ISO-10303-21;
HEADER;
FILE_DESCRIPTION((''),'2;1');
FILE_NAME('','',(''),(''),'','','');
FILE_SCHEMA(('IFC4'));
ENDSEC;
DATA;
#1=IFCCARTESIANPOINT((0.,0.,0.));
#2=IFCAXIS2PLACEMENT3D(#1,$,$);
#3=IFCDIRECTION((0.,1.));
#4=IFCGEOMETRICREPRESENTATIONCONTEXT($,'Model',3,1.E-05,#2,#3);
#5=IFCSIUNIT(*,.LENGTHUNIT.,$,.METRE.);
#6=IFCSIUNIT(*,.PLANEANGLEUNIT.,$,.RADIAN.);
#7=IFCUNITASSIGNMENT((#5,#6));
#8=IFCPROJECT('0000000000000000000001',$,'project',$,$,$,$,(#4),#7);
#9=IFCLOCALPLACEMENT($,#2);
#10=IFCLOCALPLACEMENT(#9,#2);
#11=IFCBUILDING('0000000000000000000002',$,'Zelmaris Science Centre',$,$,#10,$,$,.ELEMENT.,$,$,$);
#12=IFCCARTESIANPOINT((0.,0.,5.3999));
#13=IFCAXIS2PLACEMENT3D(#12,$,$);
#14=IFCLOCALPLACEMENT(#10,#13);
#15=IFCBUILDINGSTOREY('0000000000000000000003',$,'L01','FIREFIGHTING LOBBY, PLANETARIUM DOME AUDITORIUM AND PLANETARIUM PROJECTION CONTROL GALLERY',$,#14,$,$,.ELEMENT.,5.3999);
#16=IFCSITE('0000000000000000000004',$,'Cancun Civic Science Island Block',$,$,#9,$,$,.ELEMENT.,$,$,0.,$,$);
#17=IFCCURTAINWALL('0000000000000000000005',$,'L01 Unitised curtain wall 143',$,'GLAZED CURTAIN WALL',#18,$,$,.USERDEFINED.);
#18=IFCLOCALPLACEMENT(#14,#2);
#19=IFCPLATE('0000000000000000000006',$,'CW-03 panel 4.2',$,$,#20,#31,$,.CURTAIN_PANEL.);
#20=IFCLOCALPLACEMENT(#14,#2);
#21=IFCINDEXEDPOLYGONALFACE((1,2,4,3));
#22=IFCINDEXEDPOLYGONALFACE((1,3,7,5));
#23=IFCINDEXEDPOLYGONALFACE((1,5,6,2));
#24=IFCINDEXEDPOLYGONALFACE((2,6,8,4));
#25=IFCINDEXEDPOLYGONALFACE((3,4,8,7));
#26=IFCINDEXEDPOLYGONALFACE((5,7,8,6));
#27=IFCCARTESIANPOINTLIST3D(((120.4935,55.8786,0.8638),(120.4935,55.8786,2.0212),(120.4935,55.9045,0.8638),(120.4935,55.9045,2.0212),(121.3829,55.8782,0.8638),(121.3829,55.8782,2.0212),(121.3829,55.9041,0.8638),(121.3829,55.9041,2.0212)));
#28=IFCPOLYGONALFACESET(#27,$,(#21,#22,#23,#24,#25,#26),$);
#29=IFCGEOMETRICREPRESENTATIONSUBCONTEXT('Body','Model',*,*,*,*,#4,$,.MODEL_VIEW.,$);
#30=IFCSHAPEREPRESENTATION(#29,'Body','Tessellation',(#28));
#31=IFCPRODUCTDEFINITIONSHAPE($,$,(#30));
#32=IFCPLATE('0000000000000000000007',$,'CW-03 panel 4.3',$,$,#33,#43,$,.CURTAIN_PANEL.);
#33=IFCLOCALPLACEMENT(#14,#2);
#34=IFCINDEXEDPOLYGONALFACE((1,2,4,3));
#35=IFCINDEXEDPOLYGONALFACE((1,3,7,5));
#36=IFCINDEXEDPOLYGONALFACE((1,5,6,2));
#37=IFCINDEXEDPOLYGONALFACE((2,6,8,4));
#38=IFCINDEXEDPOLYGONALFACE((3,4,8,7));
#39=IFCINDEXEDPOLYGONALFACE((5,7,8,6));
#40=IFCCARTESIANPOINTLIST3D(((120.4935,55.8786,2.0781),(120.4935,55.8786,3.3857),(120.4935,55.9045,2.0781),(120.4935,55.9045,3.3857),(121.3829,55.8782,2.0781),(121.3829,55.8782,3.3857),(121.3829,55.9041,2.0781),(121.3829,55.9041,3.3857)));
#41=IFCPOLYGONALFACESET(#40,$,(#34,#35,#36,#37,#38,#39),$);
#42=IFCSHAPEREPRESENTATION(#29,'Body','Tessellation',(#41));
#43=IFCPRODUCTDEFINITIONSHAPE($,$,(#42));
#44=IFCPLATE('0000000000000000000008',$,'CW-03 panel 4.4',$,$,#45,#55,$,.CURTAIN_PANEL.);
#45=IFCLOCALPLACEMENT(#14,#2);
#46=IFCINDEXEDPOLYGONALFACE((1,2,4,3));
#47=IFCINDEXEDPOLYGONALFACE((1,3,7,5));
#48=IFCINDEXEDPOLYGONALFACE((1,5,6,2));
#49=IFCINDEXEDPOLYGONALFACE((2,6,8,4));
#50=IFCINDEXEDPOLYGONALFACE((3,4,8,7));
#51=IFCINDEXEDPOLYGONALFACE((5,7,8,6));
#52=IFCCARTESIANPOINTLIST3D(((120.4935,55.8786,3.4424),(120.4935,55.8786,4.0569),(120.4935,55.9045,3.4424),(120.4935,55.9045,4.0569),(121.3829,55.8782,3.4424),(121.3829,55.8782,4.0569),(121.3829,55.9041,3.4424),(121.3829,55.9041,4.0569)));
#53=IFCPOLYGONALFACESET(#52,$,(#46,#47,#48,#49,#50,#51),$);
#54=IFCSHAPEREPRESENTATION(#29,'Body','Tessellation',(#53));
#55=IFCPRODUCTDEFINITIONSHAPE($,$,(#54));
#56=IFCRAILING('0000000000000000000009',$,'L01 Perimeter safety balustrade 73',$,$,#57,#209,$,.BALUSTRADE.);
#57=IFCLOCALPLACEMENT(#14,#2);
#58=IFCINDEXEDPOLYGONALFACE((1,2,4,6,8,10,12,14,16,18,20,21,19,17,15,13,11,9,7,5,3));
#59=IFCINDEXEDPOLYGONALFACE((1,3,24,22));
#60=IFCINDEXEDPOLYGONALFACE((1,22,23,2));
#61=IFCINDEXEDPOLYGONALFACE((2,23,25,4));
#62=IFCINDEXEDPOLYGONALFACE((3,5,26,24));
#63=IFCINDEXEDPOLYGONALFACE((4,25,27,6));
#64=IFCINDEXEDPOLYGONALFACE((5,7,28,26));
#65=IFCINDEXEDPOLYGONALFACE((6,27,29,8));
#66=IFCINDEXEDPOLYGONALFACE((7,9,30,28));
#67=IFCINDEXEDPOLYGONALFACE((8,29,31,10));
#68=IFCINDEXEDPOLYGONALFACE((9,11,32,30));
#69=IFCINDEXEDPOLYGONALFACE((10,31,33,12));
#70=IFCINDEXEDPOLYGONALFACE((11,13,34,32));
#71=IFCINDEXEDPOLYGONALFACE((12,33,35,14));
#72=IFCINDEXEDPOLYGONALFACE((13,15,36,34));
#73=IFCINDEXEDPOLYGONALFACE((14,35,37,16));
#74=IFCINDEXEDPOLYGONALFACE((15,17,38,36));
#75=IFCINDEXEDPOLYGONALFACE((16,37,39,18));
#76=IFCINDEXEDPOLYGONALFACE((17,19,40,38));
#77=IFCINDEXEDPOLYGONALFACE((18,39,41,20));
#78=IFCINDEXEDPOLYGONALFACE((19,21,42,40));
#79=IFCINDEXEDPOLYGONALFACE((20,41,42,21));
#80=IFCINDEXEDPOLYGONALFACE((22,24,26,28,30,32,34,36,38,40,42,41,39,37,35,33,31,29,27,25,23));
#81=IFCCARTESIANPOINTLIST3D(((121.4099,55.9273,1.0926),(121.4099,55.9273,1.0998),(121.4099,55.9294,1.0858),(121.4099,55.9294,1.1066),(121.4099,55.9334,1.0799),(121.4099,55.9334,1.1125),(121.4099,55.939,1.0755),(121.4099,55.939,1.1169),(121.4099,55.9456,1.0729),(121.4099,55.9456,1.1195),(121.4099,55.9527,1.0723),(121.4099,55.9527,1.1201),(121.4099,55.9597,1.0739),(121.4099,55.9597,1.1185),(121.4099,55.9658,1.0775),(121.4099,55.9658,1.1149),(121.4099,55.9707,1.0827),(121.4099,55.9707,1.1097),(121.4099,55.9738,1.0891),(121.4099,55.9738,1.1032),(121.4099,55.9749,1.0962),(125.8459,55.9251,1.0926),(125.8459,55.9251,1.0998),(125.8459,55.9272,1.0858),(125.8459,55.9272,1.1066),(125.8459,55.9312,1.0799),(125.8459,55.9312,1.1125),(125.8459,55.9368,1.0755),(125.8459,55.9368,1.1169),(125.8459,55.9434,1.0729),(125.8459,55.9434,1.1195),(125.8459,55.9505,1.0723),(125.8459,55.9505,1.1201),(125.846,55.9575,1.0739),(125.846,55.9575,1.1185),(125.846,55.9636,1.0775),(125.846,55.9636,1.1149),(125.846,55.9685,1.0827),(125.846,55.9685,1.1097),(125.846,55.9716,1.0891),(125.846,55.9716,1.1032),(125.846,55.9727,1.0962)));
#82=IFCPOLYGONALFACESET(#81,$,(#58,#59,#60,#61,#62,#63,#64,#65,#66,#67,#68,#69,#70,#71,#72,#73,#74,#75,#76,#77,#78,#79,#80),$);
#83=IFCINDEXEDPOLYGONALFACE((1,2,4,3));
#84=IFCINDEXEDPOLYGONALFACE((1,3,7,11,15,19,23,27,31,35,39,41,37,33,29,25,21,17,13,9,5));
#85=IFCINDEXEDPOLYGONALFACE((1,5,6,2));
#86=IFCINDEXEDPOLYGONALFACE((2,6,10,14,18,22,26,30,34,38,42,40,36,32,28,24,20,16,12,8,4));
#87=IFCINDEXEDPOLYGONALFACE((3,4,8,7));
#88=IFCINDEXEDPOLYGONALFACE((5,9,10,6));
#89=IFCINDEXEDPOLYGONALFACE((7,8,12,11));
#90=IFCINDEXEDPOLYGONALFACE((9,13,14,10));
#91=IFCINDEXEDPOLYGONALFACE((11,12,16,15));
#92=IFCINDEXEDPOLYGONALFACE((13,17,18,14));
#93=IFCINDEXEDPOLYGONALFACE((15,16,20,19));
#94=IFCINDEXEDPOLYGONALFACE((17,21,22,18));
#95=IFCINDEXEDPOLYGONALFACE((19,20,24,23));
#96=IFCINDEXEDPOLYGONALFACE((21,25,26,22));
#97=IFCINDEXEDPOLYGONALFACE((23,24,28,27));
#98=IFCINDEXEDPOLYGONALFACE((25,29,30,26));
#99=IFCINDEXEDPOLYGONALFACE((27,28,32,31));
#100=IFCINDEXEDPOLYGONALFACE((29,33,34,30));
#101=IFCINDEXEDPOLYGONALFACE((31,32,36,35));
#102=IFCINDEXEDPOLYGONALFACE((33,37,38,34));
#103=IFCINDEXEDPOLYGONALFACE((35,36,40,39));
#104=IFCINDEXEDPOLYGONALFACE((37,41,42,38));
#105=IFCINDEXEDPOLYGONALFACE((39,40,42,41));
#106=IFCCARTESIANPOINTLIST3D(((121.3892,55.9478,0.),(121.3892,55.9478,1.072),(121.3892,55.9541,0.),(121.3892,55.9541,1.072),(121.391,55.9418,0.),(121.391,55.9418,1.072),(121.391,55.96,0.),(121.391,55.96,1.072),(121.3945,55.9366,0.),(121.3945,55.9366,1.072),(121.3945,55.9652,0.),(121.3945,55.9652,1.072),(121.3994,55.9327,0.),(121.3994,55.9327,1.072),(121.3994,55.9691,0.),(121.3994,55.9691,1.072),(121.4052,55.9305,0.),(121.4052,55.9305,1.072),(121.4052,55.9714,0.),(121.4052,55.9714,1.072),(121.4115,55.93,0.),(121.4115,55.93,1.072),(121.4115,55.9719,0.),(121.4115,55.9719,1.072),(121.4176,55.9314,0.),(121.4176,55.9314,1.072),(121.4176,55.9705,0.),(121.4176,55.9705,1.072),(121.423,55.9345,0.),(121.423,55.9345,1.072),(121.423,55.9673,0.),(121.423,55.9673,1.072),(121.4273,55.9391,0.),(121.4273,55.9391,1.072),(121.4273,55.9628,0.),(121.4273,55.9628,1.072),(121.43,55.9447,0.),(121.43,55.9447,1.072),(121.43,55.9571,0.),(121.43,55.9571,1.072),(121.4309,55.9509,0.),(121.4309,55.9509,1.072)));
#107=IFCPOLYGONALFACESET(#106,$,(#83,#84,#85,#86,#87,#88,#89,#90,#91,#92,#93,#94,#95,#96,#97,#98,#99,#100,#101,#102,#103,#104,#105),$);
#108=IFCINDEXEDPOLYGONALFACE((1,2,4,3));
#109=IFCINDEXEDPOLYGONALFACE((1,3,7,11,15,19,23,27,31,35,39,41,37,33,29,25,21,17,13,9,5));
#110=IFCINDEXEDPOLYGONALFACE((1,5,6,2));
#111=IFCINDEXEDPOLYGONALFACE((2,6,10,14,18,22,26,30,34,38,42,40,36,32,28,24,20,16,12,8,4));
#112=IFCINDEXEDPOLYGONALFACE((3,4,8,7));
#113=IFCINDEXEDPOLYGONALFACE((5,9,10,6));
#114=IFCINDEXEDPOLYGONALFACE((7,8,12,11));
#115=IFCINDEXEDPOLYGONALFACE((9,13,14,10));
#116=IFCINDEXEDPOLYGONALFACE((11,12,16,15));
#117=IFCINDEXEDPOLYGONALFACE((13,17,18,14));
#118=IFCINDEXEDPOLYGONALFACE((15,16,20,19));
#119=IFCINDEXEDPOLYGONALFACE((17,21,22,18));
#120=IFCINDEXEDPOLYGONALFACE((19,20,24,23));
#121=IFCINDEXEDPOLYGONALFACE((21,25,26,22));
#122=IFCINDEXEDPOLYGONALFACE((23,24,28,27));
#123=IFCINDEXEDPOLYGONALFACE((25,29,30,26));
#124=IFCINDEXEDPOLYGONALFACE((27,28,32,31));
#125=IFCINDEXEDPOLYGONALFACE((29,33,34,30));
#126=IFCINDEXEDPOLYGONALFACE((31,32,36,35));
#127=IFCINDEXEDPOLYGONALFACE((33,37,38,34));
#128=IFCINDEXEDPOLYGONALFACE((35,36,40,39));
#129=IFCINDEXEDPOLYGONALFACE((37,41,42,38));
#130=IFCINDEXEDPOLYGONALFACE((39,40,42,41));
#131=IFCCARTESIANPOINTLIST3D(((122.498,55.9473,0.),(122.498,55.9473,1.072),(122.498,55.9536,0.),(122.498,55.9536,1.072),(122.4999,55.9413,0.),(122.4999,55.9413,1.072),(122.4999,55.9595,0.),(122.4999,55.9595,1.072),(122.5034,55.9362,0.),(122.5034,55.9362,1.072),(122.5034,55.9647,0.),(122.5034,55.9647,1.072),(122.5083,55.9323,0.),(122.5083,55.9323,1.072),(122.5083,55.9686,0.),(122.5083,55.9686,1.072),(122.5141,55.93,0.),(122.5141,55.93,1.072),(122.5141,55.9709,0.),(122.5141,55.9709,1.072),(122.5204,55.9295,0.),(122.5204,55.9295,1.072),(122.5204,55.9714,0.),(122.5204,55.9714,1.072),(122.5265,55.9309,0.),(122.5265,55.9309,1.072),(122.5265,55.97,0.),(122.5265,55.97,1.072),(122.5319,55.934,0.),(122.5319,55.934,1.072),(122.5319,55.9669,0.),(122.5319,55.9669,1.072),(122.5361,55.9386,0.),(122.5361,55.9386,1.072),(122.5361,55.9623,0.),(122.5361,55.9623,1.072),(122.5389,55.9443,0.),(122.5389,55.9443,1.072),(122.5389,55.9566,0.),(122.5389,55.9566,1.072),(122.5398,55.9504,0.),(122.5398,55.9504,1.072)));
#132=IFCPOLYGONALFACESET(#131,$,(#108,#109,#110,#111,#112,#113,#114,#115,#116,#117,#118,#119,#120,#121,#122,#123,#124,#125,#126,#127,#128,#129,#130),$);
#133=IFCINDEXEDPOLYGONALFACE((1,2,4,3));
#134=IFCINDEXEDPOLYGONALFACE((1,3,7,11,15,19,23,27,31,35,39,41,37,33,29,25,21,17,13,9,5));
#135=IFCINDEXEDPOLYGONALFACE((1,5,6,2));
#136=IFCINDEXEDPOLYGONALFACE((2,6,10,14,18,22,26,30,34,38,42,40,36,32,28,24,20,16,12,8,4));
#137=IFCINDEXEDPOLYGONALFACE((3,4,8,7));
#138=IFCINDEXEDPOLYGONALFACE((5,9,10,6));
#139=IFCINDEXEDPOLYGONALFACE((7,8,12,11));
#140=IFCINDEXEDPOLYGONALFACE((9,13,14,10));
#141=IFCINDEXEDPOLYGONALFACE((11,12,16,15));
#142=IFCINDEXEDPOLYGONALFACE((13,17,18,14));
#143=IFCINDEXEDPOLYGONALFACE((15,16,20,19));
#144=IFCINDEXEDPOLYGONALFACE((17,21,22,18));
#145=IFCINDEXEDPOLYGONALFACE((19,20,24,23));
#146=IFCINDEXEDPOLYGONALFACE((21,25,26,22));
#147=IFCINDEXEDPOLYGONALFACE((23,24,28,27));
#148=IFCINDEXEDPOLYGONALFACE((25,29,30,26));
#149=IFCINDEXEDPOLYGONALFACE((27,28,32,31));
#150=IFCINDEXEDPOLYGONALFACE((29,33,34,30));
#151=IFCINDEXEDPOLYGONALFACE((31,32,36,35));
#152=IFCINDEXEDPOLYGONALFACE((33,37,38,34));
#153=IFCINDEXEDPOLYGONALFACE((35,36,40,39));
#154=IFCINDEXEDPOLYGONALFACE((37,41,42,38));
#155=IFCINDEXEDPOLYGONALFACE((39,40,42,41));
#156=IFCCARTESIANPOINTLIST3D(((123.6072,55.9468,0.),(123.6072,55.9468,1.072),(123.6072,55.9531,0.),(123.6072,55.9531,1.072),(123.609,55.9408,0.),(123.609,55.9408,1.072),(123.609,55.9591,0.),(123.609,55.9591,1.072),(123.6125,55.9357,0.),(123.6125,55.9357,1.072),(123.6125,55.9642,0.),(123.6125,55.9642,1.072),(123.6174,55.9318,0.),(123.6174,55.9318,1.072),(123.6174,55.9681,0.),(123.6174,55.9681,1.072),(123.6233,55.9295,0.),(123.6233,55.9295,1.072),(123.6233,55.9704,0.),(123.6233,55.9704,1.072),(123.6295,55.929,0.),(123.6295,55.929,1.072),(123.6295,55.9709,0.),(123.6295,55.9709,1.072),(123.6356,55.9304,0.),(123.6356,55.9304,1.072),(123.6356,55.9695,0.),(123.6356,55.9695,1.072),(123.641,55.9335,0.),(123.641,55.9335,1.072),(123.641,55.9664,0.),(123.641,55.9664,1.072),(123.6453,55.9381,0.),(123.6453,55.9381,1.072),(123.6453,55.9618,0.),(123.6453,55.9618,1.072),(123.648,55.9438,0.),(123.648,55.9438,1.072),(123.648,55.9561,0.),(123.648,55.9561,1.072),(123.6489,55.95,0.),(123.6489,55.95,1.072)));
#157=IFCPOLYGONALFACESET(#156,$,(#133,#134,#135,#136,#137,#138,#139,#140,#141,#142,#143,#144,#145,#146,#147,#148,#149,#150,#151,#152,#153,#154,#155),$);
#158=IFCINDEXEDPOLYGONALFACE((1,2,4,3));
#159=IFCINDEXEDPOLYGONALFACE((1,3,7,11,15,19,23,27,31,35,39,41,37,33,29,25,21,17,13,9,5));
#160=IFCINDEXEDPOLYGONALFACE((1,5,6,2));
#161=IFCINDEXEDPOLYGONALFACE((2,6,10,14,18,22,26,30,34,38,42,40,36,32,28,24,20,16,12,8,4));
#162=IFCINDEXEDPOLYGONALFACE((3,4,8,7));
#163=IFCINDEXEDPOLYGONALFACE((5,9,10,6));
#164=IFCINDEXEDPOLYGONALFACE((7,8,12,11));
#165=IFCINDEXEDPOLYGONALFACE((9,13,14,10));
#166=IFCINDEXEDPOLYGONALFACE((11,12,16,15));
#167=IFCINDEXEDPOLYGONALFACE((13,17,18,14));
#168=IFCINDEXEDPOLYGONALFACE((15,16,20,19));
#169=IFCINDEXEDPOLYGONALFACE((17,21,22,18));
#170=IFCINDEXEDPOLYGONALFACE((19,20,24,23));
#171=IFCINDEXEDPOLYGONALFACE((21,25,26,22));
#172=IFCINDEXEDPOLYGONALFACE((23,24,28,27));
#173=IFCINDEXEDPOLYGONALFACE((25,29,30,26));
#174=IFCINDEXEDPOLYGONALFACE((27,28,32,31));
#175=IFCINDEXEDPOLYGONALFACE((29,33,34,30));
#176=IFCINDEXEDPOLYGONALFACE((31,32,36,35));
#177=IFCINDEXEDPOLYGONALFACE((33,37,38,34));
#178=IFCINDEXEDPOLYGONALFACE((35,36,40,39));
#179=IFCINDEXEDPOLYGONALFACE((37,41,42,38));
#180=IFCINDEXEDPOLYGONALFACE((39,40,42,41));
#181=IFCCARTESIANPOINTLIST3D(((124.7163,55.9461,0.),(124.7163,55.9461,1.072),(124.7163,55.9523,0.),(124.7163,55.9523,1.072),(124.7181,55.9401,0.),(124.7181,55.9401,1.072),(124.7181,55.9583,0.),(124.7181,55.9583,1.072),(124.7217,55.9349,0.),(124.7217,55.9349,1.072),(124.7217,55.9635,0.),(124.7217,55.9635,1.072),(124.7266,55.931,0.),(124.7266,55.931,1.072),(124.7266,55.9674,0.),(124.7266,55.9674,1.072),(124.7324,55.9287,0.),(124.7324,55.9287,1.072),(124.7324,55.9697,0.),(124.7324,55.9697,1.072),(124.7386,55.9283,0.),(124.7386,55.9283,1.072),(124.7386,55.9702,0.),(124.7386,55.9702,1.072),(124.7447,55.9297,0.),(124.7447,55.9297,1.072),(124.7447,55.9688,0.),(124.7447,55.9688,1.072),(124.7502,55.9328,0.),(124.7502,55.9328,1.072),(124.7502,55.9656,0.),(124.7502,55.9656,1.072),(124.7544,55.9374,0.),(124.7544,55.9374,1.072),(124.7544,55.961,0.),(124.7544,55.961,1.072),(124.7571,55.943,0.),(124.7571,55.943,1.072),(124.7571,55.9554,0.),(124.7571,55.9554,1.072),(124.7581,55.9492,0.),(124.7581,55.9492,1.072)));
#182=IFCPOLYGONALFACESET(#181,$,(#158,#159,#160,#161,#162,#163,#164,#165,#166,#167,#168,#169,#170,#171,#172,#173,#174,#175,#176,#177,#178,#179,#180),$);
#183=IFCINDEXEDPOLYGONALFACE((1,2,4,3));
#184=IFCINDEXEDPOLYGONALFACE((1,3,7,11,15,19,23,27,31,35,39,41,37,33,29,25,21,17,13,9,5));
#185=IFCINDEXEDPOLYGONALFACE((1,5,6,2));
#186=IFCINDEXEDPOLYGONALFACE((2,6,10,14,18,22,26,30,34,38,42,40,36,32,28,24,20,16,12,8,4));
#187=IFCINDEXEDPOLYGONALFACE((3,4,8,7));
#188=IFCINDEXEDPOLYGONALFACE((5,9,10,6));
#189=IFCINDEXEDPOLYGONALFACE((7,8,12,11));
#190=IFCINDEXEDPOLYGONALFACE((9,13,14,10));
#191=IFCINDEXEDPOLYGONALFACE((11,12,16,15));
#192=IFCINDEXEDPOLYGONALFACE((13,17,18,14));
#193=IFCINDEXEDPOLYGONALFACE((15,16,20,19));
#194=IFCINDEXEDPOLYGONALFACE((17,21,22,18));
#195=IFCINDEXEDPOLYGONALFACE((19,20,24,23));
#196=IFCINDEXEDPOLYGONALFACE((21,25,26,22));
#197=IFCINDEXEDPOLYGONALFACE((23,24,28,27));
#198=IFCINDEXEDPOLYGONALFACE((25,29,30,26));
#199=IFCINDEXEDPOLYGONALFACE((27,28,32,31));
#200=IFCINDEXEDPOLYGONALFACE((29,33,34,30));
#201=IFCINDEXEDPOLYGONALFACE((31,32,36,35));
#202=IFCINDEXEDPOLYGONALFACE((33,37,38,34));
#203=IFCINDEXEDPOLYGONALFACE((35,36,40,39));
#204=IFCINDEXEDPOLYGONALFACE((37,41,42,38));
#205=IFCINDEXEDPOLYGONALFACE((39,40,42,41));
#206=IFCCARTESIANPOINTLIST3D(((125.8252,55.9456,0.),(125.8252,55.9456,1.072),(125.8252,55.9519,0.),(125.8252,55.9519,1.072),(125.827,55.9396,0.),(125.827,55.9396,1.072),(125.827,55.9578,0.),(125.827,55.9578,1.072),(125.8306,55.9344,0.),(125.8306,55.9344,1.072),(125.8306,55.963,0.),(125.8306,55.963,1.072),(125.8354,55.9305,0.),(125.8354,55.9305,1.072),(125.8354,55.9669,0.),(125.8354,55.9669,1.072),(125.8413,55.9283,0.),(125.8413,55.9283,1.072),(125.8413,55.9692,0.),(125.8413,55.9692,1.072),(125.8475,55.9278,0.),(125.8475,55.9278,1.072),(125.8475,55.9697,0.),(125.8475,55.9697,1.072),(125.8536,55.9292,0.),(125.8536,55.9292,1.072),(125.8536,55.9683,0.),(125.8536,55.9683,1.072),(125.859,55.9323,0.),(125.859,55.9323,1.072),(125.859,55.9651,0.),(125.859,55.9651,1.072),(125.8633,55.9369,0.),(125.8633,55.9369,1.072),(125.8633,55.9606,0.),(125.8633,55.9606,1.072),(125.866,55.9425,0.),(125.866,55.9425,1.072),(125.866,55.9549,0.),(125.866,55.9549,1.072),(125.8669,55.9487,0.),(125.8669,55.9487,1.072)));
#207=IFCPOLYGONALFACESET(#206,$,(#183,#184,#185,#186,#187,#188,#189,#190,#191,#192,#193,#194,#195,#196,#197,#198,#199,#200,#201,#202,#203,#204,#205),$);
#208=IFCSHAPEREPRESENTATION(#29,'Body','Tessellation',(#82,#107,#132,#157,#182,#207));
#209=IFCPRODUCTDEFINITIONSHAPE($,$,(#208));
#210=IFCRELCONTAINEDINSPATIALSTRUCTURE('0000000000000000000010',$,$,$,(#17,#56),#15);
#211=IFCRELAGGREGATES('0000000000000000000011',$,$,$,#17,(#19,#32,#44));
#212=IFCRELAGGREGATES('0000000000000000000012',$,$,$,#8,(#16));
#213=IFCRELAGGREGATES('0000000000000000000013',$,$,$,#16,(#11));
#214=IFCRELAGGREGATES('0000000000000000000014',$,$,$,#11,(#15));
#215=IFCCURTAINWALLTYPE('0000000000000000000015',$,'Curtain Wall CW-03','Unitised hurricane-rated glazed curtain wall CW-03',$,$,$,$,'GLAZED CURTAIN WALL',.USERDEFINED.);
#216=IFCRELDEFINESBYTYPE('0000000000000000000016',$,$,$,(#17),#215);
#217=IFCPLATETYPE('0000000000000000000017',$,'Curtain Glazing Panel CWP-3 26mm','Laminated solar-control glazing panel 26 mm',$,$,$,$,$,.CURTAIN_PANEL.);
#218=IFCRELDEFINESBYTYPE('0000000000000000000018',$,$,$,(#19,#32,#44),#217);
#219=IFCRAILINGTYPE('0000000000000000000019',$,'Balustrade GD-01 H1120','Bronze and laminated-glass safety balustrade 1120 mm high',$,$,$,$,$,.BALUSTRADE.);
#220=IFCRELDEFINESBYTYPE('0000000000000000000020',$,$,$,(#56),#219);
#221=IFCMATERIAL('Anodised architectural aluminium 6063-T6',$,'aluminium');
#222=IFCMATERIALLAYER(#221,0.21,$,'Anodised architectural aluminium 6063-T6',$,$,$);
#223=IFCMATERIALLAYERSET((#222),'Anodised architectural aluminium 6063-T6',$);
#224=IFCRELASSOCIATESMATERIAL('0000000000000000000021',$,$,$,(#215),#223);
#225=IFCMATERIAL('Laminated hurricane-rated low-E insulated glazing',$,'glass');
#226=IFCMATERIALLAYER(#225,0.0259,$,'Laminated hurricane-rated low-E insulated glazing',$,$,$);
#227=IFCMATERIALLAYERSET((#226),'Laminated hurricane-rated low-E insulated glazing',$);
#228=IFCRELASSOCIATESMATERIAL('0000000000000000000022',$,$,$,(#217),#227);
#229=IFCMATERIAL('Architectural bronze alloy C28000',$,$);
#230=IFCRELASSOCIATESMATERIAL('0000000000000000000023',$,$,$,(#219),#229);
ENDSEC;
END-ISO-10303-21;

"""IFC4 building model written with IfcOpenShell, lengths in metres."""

from ifc_helpers import new_model, si_unit, direction, frame, origin, origin_2d, place, context, subcontext, project, spatial, rectangle, circle, extrude, material, layer, layer_set, type_object, element, aggregate, save


model = new_model("IFC4")

# Units and contexts
model_context = context("Model", 3, precision=1e-05, world=origin(), true_north=direction((0.0, 1.0)))
body_context = subcontext(model_context, "Body", "Model", "MODEL_VIEW")
ifc_project = project(units=[si_unit("LENGTHUNIT", "METRE"), si_unit("PLANEANGLEUNIT", "RADIAN")], contexts=[model_context])

# Site, building, storey
site_placement = place(None, origin())
site = spatial("IfcSite", under=ifc_project, at=site_placement, Name="Cancun Civic Science Island Block", CompositionType="ELEMENT", RefElevation=0.0)
building_placement = place(site_placement, origin())
building = spatial("IfcBuilding", under=site, at=building_placement, Name="Zelmaris Science Centre", CompositionType="ELEMENT")
storey_placement = place(building_placement, frame((0.0, 0.0, 5.3999)))
storey = spatial("IfcBuildingStorey", under=building, at=storey_placement, Name="L01", Description="FIREFIGHTING LOBBY, PLANETARIUM DOME AUDITORIUM AND PLANETARIUM PROJECTION CONTROL GALLERY", CompositionType="ELEMENT", Elevation=5.3999)

# Curtain wall
ifc_material_1 = material(Name="Anodised architectural aluminium 6063-T6", Category="aluminium")
ifc_layer_1 = layer(ifc_material_1, 0.21, Name="Anodised architectural aluminium 6063-T6")
ifc_layer_set_1 = layer_set([ifc_layer_1], Name="Anodised architectural aluminium 6063-T6")
curtain_wall_type_1 = type_object("IfcCurtainWallType", Name="Curtain Wall CW-03", Description="Unitised hurricane-rated glazed curtain wall CW-03", ElementType="GLAZED CURTAIN WALL", PredefinedType="USERDEFINED", material=ifc_layer_set_1)
curtain_wall_1_placement = place(storey_placement, origin())
curtain_wall_1 = element("IfcCurtainWall", 1, at=curtain_wall_1_placement, inside=storey, type_object=curtain_wall_type_1, Name="L01 Unitised curtain wall 143", ObjectType="GLAZED CURTAIN WALL", PredefinedType="USERDEFINED")

# Plates
ifc_material_2 = material(Name="Laminated hurricane-rated low-E insulated glazing", Category="glass")
ifc_layer_2 = layer(ifc_material_2, 0.0259, Name="Laminated hurricane-rated low-E insulated glazing")
ifc_layer_set_2 = layer_set([ifc_layer_2], Name="Laminated hurricane-rated low-E insulated glazing")
plate_type = type_object("IfcPlateType", Name="Curtain Glazing Panel CWP-3 26mm", Description="Laminated solar-control glazing panel 26 mm", PredefinedType="CURTAIN_PANEL", material=ifc_layer_set_2)
plate_1_placement = place(storey_placement, frame((120.9382, 55.8914, 0.8638), z_axis=(0.0, 0.0, 1.0), x_axis=(1.0, -0.000487, 0.0)))
plate_1 = element("IfcPlate", 2, at=plate_1_placement, type_object=plate_type, Name="CW-03 panel 4.2", PredefinedType="CURTAIN_PANEL", context=body_context, shape_type="SweptSolid", body=[
    extrude(rectangle(XDim=0.8894, YDim=0.0259, at=origin_2d()), origin(), (0.0, 0.0, 1.0), 1.1575),
])
plate_2_placement = place(storey_placement, frame((120.9382, 55.8914, 2.0781), z_axis=(0.0, 0.0, 1.0), x_axis=(1.0, -0.000487, 0.0)))
plate_2 = element("IfcPlate", 3, at=plate_2_placement, type_object=plate_type, Name="CW-03 panel 4.3", PredefinedType="CURTAIN_PANEL", context=body_context, shape_type="SweptSolid", body=[
    extrude(rectangle(XDim=0.8894, YDim=0.0259, at=origin_2d()), origin(), (0.0, 0.0, 1.0), 1.3076),
])
plate_3_placement = place(storey_placement, frame((120.9382, 55.8914, 3.4424), z_axis=(0.0, 0.0, 1.0), x_axis=(1.0, -0.000487, 0.0)))
plate_3 = element("IfcPlate", 4, at=plate_3_placement, type_object=plate_type, Name="CW-03 panel 4.4", PredefinedType="CURTAIN_PANEL", context=body_context, shape_type="SweptSolid", body=[
    extrude(rectangle(XDim=0.8894, YDim=0.0259, at=origin_2d()), origin(), (0.0, 0.0, 1.0), 0.6145),
])
aggregate(curtain_wall_1, [plate_1, plate_2, plate_3])

# Railing
ifc_material_3 = material(Name="Architectural bronze alloy C28000")
railing_type = type_object("IfcRailingType", Name="Balustrade GD-01 H1120", Description="Bronze and laminated-glass safety balustrade 1120 mm high", PredefinedType="BALUSTRADE", material=ifc_material_3)
railing_1_placement = place(storey_placement, frame((121.4099, 55.9509, 0.0)))
element("IfcRailing", 5, at=railing_1_placement, inside=storey, type_object=railing_type, Name="L01 Perimeter safety balustrade 73", PredefinedType="BALUSTRADE", context=body_context, shape_type="SweptSolid", body=[
    extrude(circle(Radius=0.0239, at=origin_2d()), frame((0.0, 0.0, 1.0962), z_axis=(1.0, -0.000495, 0.0), x_axis=(0.000495, 1.0, 0.0)), (0.0, 0.0, 1.0), 4.436),
    extrude(circle(Radius=0.021, at=origin_2d()), origin(), (0.0, 0.0, 1.0), 1.072),
    extrude(circle(Radius=0.021, at=origin_2d()), frame((1.1089, -0.0005, 0.0)), (0.0, 0.0, 1.0), 1.072),
    extrude(circle(Radius=0.021, at=origin_2d()), frame((2.218, -0.001, 0.0)), (0.0, 0.0, 1.0), 1.072),
    extrude(circle(Radius=0.021, at=origin_2d()), frame((3.3271, -0.0017, 0.0)), (0.0, 0.0, 1.0), 1.072),
    extrude(circle(Radius=0.021, at=origin_2d()), frame((4.436, -0.0022, 0.0)), (0.0, 0.0, 1.0), 1.072),
])

save(model, "model.ifc")
